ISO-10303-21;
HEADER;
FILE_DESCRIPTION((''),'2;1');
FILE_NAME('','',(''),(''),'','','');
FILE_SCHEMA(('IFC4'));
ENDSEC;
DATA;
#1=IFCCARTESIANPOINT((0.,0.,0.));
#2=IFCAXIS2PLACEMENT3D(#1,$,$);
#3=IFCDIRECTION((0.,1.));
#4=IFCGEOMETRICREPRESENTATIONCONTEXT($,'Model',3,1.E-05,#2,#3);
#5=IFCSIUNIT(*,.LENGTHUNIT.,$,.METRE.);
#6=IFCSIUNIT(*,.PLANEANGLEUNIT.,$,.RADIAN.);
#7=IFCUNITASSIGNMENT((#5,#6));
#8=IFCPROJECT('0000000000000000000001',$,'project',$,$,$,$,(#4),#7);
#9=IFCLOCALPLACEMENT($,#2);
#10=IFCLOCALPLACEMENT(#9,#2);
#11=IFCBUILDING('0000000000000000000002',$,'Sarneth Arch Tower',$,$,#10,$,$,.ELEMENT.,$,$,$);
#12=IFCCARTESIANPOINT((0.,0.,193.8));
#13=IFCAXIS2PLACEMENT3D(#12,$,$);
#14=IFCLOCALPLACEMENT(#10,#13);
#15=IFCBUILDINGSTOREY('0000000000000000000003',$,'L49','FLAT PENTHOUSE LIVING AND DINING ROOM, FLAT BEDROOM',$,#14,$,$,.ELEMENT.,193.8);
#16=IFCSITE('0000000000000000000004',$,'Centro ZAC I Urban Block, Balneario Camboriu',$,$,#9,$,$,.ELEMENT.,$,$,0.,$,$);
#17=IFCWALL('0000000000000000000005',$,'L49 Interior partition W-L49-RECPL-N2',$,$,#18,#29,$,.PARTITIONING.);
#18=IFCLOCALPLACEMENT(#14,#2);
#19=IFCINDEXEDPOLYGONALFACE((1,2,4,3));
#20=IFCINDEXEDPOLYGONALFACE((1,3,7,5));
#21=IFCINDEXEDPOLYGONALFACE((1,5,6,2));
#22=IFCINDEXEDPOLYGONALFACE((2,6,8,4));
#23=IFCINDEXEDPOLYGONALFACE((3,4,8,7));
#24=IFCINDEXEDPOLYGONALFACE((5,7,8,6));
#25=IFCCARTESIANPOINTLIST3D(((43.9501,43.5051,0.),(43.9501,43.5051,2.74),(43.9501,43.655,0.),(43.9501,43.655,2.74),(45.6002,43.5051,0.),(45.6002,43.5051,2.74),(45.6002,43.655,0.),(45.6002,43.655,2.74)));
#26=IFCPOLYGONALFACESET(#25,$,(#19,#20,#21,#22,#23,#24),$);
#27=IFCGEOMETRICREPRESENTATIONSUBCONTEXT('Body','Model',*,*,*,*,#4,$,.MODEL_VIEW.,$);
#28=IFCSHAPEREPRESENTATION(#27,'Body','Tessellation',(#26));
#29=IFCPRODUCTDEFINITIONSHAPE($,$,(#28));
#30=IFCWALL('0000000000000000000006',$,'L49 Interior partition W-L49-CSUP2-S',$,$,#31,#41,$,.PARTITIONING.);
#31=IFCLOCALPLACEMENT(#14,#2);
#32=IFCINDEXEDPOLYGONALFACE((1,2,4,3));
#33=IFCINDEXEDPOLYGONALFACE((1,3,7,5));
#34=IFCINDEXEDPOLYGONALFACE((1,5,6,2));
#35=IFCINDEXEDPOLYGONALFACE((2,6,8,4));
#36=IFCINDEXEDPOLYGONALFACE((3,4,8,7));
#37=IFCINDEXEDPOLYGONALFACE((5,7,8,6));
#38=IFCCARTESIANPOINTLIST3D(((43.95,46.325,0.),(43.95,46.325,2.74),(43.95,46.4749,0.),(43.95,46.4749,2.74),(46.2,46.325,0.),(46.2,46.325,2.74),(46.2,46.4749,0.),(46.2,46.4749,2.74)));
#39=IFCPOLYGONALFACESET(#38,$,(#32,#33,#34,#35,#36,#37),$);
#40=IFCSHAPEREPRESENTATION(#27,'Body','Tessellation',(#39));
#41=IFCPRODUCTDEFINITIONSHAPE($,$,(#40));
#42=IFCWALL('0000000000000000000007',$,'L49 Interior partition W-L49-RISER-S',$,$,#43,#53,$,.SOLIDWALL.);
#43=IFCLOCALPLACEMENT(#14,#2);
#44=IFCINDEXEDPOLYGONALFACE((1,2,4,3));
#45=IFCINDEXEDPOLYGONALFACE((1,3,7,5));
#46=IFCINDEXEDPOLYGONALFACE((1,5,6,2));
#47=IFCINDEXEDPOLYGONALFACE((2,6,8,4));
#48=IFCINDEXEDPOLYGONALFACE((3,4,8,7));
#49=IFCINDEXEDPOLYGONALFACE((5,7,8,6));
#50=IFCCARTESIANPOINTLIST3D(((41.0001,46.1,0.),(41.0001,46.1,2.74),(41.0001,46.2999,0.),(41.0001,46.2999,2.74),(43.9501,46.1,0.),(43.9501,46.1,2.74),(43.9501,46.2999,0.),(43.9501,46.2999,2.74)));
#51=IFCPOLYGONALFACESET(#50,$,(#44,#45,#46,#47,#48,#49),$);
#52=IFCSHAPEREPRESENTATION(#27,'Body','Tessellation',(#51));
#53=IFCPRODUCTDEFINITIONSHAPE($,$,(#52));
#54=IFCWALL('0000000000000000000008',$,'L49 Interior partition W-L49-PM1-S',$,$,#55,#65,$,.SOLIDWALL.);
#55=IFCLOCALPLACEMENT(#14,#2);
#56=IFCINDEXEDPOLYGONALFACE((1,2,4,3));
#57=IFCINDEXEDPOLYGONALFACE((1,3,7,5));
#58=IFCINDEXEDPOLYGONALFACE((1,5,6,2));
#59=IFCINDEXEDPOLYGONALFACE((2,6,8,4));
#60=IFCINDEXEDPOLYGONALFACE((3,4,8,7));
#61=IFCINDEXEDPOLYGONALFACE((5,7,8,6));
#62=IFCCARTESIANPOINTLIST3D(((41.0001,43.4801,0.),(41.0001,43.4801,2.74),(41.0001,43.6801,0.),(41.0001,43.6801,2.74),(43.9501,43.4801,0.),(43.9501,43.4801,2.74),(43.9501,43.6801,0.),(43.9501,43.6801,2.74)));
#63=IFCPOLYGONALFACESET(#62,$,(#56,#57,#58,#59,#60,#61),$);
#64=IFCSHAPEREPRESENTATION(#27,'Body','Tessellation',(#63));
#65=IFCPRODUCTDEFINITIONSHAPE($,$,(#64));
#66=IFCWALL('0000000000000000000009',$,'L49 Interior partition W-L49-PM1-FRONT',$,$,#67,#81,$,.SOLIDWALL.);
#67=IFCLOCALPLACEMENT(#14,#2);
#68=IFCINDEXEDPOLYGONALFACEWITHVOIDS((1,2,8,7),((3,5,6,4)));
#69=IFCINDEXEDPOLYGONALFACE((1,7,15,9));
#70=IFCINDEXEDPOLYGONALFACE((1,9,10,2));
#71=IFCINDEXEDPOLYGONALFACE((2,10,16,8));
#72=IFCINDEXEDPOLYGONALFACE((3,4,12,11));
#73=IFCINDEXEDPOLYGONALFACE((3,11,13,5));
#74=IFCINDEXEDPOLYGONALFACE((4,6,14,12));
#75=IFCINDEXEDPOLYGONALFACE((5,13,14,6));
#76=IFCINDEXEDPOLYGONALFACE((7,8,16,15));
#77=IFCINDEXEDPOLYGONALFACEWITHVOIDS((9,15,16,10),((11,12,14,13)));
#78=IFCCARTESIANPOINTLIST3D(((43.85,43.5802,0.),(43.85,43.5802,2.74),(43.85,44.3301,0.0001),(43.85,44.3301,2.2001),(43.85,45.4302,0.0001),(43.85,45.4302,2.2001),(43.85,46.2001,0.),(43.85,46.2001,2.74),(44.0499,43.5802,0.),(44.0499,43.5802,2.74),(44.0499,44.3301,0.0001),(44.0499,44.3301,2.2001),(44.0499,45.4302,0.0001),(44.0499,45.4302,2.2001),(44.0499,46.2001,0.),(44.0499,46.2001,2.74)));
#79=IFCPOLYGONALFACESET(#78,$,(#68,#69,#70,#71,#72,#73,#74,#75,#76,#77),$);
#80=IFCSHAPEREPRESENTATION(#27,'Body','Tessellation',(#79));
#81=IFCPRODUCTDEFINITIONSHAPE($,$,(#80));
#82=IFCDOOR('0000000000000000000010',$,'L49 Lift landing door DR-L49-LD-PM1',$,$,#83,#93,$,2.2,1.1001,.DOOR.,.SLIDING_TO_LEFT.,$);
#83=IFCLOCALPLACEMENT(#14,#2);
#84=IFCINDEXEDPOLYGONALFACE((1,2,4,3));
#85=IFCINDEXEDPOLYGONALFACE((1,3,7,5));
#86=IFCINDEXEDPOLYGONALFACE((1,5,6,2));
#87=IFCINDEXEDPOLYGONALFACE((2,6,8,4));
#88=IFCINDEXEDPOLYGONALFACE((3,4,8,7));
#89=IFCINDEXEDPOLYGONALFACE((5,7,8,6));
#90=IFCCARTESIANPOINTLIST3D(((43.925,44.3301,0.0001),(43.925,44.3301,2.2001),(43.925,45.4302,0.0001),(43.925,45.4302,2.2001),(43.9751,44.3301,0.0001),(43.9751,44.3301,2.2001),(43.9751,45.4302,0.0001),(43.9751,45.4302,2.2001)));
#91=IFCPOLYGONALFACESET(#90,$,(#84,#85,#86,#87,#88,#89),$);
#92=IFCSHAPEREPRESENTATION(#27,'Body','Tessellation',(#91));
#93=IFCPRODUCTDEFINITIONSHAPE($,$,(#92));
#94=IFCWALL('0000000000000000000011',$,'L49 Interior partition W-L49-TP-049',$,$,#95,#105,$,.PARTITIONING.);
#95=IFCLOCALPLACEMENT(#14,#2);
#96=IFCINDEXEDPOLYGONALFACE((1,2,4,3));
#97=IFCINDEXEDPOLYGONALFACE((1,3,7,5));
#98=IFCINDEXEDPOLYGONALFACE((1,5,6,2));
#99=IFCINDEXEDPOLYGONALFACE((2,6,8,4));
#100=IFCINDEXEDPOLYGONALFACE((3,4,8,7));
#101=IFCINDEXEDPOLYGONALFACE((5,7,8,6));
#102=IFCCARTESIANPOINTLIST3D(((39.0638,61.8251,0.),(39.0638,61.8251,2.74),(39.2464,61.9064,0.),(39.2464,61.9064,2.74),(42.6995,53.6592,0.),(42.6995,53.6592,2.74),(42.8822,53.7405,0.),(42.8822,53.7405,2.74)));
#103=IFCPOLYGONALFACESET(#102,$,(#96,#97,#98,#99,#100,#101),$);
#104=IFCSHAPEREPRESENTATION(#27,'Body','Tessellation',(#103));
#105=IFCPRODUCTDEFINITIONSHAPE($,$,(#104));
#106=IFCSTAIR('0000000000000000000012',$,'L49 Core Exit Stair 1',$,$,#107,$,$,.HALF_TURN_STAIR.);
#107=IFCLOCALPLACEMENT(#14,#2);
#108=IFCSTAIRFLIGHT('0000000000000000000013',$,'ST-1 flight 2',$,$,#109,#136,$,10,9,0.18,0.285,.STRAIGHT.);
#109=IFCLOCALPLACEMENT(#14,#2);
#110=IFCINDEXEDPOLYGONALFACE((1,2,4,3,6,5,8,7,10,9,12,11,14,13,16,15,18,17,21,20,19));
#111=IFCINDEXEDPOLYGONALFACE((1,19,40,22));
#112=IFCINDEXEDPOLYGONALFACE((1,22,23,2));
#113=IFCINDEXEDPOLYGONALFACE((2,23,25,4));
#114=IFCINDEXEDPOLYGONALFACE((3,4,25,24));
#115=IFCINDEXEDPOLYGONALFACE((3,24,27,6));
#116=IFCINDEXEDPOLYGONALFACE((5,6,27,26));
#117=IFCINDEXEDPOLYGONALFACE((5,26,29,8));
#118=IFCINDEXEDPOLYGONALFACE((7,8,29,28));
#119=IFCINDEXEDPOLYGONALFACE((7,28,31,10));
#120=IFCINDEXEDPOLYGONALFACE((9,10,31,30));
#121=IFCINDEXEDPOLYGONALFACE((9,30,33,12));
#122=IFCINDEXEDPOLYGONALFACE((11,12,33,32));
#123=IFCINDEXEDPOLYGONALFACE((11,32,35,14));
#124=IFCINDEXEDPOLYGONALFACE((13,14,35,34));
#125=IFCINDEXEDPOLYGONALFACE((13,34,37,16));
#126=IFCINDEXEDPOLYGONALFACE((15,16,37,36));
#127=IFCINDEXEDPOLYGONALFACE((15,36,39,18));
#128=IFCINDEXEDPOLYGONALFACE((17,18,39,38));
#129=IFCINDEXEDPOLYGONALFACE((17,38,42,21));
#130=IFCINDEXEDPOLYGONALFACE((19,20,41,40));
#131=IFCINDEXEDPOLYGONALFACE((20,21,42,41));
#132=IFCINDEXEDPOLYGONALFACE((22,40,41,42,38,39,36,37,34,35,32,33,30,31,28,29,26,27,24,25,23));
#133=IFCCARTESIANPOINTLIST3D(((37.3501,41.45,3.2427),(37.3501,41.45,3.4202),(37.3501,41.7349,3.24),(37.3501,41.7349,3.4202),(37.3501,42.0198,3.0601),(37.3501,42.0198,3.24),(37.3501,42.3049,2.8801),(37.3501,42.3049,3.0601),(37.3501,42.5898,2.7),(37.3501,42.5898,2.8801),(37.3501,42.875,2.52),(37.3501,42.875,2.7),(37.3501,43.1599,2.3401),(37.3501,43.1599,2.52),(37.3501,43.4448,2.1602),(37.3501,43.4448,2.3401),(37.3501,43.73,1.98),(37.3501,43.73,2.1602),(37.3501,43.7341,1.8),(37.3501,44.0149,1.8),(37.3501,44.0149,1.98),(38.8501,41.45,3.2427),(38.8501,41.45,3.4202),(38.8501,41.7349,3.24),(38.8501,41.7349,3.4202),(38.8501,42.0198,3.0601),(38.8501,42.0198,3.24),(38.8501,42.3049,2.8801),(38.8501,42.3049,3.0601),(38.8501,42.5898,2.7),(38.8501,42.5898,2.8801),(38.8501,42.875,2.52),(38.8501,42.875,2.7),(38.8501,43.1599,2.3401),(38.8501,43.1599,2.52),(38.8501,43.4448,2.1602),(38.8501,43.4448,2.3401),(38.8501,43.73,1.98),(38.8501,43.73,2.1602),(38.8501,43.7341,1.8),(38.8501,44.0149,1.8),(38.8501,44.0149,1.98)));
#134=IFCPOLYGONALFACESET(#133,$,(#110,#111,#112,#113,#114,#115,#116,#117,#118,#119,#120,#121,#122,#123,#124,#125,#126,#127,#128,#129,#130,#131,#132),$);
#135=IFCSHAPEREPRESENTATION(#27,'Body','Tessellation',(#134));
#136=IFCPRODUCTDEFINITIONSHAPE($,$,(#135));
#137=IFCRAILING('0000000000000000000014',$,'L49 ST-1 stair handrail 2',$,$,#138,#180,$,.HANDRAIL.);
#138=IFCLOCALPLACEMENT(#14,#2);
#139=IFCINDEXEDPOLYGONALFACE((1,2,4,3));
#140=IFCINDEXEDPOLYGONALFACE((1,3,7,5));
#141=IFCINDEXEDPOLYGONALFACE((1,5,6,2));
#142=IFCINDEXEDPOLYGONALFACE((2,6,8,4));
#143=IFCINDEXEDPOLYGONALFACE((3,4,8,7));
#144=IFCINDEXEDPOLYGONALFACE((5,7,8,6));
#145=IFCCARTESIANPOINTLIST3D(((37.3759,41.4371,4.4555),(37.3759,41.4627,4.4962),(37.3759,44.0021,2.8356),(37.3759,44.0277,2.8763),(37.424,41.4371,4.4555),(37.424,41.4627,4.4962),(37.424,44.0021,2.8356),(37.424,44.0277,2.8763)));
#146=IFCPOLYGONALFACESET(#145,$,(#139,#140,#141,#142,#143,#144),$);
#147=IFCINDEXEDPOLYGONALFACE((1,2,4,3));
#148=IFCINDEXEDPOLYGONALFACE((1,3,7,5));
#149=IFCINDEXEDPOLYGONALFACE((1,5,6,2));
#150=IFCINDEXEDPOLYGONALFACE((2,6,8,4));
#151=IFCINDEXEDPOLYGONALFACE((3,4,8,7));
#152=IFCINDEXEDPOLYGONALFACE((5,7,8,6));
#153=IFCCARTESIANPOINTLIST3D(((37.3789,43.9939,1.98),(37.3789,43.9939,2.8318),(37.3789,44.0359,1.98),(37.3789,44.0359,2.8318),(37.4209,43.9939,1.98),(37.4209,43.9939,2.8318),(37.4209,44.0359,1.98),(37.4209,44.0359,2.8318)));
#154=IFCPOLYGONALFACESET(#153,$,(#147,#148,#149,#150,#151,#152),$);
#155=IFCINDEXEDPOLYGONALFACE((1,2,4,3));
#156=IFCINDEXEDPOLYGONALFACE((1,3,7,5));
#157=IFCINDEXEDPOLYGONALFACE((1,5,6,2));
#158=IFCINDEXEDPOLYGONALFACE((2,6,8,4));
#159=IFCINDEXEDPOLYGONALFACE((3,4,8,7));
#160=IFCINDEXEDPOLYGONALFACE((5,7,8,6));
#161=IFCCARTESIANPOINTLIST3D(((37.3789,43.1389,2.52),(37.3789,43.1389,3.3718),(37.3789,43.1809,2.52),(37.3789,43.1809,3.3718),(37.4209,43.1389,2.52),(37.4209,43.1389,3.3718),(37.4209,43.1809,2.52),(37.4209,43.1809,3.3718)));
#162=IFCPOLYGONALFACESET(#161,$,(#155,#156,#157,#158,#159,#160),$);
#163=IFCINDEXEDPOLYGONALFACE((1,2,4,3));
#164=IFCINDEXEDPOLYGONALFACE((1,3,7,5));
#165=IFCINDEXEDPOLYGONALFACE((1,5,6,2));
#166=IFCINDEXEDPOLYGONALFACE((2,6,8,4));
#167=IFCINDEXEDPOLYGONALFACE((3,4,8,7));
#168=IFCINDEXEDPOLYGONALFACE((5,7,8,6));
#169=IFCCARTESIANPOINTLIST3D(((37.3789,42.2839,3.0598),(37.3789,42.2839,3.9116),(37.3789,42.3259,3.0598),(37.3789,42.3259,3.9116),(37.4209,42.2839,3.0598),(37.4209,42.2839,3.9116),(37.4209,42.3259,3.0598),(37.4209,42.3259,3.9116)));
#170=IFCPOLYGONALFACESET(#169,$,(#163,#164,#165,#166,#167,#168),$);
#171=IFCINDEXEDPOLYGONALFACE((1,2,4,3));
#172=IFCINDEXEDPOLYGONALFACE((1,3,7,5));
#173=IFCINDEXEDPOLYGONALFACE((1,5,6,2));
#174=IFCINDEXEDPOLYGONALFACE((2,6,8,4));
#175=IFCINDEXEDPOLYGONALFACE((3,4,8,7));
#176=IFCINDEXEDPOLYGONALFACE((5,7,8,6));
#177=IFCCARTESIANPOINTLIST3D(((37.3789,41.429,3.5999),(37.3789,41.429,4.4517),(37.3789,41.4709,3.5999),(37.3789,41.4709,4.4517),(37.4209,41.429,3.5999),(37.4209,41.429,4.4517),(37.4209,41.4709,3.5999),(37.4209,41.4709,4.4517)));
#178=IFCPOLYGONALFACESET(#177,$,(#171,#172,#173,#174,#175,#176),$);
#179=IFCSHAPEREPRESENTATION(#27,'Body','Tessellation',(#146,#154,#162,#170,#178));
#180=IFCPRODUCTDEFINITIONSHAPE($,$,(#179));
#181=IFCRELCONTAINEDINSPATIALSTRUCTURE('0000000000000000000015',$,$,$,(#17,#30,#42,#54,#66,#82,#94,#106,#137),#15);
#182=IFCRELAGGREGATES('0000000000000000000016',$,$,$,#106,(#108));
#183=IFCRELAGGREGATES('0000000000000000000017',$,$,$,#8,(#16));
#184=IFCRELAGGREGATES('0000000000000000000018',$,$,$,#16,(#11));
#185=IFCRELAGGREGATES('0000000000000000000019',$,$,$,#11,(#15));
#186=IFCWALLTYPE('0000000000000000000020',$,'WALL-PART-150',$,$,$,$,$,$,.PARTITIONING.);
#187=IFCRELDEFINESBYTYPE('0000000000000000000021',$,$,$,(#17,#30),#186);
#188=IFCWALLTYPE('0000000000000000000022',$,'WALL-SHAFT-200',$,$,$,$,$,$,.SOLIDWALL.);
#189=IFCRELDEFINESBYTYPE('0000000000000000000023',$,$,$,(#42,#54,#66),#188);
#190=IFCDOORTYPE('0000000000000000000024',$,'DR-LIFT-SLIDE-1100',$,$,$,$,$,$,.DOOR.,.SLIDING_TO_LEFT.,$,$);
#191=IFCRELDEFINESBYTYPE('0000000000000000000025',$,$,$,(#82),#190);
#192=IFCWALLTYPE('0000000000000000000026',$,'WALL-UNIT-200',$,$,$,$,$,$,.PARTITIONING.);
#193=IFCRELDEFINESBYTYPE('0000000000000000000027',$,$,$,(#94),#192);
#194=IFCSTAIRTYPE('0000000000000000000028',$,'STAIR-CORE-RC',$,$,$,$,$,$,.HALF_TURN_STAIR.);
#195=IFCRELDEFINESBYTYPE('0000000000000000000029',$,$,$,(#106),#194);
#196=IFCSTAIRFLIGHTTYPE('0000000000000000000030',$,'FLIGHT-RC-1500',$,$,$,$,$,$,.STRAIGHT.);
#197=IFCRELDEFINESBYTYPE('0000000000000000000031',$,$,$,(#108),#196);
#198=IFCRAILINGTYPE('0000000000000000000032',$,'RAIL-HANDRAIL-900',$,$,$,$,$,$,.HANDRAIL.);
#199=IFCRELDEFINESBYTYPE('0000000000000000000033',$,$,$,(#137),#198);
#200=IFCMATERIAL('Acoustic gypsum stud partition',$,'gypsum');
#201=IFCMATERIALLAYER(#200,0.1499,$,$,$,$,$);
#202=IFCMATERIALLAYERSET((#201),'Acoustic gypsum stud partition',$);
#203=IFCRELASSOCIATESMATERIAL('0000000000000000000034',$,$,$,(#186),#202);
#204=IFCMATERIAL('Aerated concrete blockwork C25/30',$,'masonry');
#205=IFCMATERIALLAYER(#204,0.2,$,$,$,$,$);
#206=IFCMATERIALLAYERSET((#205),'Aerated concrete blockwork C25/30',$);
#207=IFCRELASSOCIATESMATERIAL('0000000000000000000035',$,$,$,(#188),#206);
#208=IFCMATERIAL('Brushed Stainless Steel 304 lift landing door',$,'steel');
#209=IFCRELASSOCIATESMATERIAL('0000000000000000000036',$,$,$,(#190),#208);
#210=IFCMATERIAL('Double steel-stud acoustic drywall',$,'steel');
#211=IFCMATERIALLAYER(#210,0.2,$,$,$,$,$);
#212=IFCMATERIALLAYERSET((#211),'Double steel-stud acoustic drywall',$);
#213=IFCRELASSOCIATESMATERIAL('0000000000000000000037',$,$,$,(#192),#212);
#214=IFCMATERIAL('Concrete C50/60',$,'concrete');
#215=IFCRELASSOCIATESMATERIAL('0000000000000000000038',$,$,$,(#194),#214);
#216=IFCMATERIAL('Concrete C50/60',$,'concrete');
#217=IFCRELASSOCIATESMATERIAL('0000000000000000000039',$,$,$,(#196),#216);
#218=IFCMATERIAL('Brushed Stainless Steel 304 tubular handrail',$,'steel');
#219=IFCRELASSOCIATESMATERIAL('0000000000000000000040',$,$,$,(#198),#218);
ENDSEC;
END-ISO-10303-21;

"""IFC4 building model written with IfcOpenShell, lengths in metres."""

from ifc_helpers import new_model, si_unit, direction, frame, frame_2d, origin, origin_2d, place, context, subcontext, project, spatial, polyline, rectangle, outline, extrude, material, layer, layer_set, type_object, element, fill, aggregate, save


model = new_model("IFC4")

# Units and contexts
model_context = context("Model", 3, precision=1e-05, world=origin(), true_north=direction((0.0, 1.0)))
body_context = subcontext(model_context, "Body", "Model", "MODEL_VIEW")
ifc_project = project(units=[si_unit("LENGTHUNIT", "METRE"), si_unit("PLANEANGLEUNIT", "RADIAN")], contexts=[model_context])

# Site, building, storey
site_placement = place(None, origin())
site = spatial("IfcSite", under=ifc_project, at=site_placement, Name="Centro ZAC I Urban Block, Balneario Camboriu", CompositionType="ELEMENT", RefElevation=0.0)
building_placement = place(site_placement, origin())
building = spatial("IfcBuilding", under=site, at=building_placement, Name="Sarneth Arch Tower", CompositionType="ELEMENT")
storey_placement = place(building_placement, frame((0.0, 0.0, 193.8)))
storey = spatial("IfcBuildingStorey", under=building, at=storey_placement, Name="L49", Description="FLAT PENTHOUSE LIVING AND DINING ROOM, FLAT BEDROOM", CompositionType="ELEMENT", Elevation=193.8)

# Walls
ifc_material_1 = material(Name="Acoustic gypsum stud partition", Category="gypsum")
ifc_layer_1 = layer(ifc_material_1, 0.1499)
ifc_layer_set_1 = layer_set([ifc_layer_1], Name="Acoustic gypsum stud partition")
wall_type_1 = type_object("IfcWallType", Name="WALL-PART-150", PredefinedType="PARTITIONING", material=ifc_layer_set_1)
wall_1_placement = place(storey_placement, frame((43.95, 43.5801, 0.0), z_axis=(0.0, 0.0, 1.0), x_axis=(1.0, 0.0, 0.0)))
element("IfcWall", 1, at=wall_1_placement, inside=storey, type_object=wall_type_1, Name="L49 Interior partition W-L49-RECPL-N2", PredefinedType="PARTITIONING", context=body_context, shape_type="SweptSolid", body=[
    extrude(rectangle(XDim=1.6501, YDim=0.1499, at=frame_2d((0.8252, 0.0))), origin(), (0.0, 0.0, 1.0), 2.74),
])
wall_2_placement = place(storey_placement, frame((43.95, 46.3999, 0.0), z_axis=(0.0, 0.0, 1.0), x_axis=(1.0, 0.0, 0.0)))
element("IfcWall", 2, at=wall_2_placement, inside=storey, type_object=wall_type_1, Name="L49 Interior partition W-L49-CSUP2-S", PredefinedType="PARTITIONING", context=body_context, shape_type="SweptSolid", body=[
    extrude(rectangle(XDim=2.25, YDim=0.1499, at=frame_2d((1.125, 0.0))), origin(), (0.0, 0.0, 1.0), 2.74),
])

# Wall
ifc_material_2 = material(Name="Aerated concrete blockwork C25/30", Category="masonry")
ifc_layer_2 = layer(ifc_material_2, 0.2)
ifc_layer_set_2 = layer_set([ifc_layer_2], Name="Aerated concrete blockwork C25/30")
wall_type_2 = type_object("IfcWallType", Name="WALL-SHAFT-200", PredefinedType="SOLIDWALL", material=ifc_layer_set_2)
wall_3_placement = place(storey_placement, frame((41.0, 46.2, 0.0), z_axis=(0.0, 0.0, 1.0), x_axis=(1.0, 0.0, 0.0)))
element("IfcWall", 3, at=wall_3_placement, inside=storey, type_object=wall_type_2, Name="L49 Interior partition W-L49-RISER-S", PredefinedType="SOLIDWALL", context=body_context, shape_type="SweptSolid", body=[
    extrude(rectangle(XDim=2.95, YDim=0.2, at=frame_2d((1.4751, 0.0))), origin(), (0.0, 0.0, 1.0), 2.74),
])

# Wall
wall_4_placement = place(storey_placement, frame((41.0, 43.5801, 0.0), z_axis=(0.0, 0.0, 1.0), x_axis=(1.0, 0.0, 0.0)))
element("IfcWall", 4, at=wall_4_placement, inside=storey, type_object=wall_type_2, Name="L49 Interior partition W-L49-PM1-S", PredefinedType="SOLIDWALL", context=body_context, shape_type="SweptSolid", body=[
    extrude(rectangle(XDim=2.95, YDim=0.2, at=frame_2d((1.4751, 0.0))), origin(), (0.0, 0.0, 1.0), 2.74),
])

# Wall, opening, door
wall_5_placement = place(storey_placement, frame((43.95, 43.5801, 0.0), z_axis=(0.0, 0.0, 1.0), x_axis=(0.0, 1.0, 0.0)))
wall_5 = element("IfcWall", 5, at=wall_5_placement, inside=storey, type_object=wall_type_2, Name="L49 Interior partition W-L49-PM1-FRONT", PredefinedType="SOLIDWALL", context=body_context, shape_type="SweptSolid", body=[
    extrude(rectangle(XDim=2.6199, YDim=0.2, at=frame_2d((1.3101, 0.0))), origin(), (0.0, 0.0, 1.0), 2.74),
])
opening_1_placement = place(wall_5_placement, frame((0.75, 0.0, 0.0)))
opening_1 = element("IfcOpeningElement", 6, at=opening_1_placement, cuts=wall_5, PredefinedType="OPENING", context=body_context, shape_type="SweptSolid", body=[
    extrude(rectangle(XDim=1.1001, YDim=2.2, at=frame_2d((0.55, 1.1001))), frame((0.0, 0.1099, 0.0), z_axis=(0.0, -1.0, 0.0), x_axis=(1.0, 0.0, 0.0)), (0.0, 0.0, 1.0), 0.22),
])
ifc_material_3 = material(Name="Brushed Stainless Steel 304 lift landing door", Category="steel")
door_type_1 = type_object("IfcDoorType", Name="DR-LIFT-SLIDE-1100", OperationType="SLIDING_TO_LEFT", PredefinedType="DOOR", material=ifc_material_3)
door_1_placement = place(opening_1_placement, origin())
door_1 = element("IfcDoor", 7, at=door_1_placement, inside=storey, type_object=door_type_1, Name="L49 Lift landing door DR-L49-LD-PM1", OperationType="SLIDING_TO_LEFT", OverallHeight=2.2, OverallWidth=1.1001, PredefinedType="DOOR", context=body_context, shape_type="SweptSolid", body=[
    extrude(rectangle(XDim=1.1001, YDim=2.2, at=frame_2d((0.55, 1.1001))), frame((0.0, 0.0249, 0.0), z_axis=(0.0, -1.0, 0.0), x_axis=(1.0, 0.0, 0.0)), (0.0, 0.0, 1.0), 0.05),
])
fill(opening_1, door_1)

# Wall
ifc_material_4 = material(Name="Double steel-stud acoustic drywall", Category="steel")
ifc_layer_3 = layer(ifc_material_4, 0.2)
ifc_layer_set_3 = layer_set([ifc_layer_3], Name="Double steel-stud acoustic drywall")
wall_type_3 = type_object("IfcWallType", Name="WALL-UNIT-200", PredefinedType="PARTITIONING", material=ifc_layer_set_3)
wall_6_placement = place(storey_placement, frame((42.7908, 53.7, 0.0), z_axis=(0.0, 0.0, 1.0), x_axis=(-0.406736, 0.913546, 0.0)))
element("IfcWall", 8, at=wall_6_placement, inside=storey, type_object=wall_type_3, Name="L49 Interior partition W-L49-TP-049", PredefinedType="PARTITIONING", context=body_context, shape_type="SweptSolid", body=[
    extrude(rectangle(XDim=8.9387, YDim=0.2, at=frame_2d((4.4692, 0.0))), origin(), (0.0, 0.0, 1.0), 2.74),
])

# Stair, stair flight
ifc_material_5 = material(Name="Concrete C50/60", Category="concrete")
stair_type = type_object("IfcStairType", Name="STAIR-CORE-RC", PredefinedType="HALF_TURN_STAIR", material=ifc_material_5)
stair_placement = place(storey_placement, origin())
stair = element("IfcStair", 9, at=stair_placement, inside=storey, type_object=stair_type, Name="L49 Core Exit Stair 1", PredefinedType="HALF_TURN_STAIR")
ifc_material_6 = material(Name="Concrete C50/60", Category="concrete")
stair_flight_type = type_object("IfcStairFlightType", Name="FLIGHT-RC-1500", PredefinedType="STRAIGHT", material=ifc_material_6)
stair_flight_placement = place(storey_placement, frame((38.1001, 44.0149, 1.8), z_axis=(0.0, 0.0, 1.0), x_axis=(0.0, -1.0, 0.0)))
stair_flight = element("IfcStairFlight", 10, at=stair_flight_placement, type_object=stair_flight_type, Name="ST-1 flight 2", NumberOfRisers=10, NumberOfTreads=9, PredefinedType="STRAIGHT", RiserHeight=0.18, TreadLength=0.285, context=body_context, shape_type="SweptSolid", body=[
    extrude(outline(polyline([(0.0, 0.0), (0.0, 0.1799), (0.2849, 0.1799), (0.2849, 0.3601), (0.5701, 0.3601), (0.5701, 0.54), (0.855, 0.54), (0.855, 0.72), (1.1399, 0.72), (1.1399, 0.8999), (1.425, 0.8999), (1.425, 1.0801), (1.71, 1.0801), (1.71, 1.26), (1.9951, 1.26), (1.9951, 1.4399), (2.28, 1.4399), (2.28, 1.6201), (2.5649, 1.6201), (2.5649, 1.8), (2.5649, 1.4426), (0.2808, 0.0), (0.0, 0.0)])), frame((0.0, 0.75, 0.0), z_axis=(0.0, -1.0, 0.0), x_axis=(1.0, 0.0, 0.0)), (0.0, 0.0, 1.0), 1.5),
])
aggregate(stair, [stair_flight])

# Railing
ifc_material_7 = material(Name="Brushed Stainless Steel 304 tubular handrail", Category="steel")
railing_type_1 = type_object("IfcRailingType", Name="RAIL-HANDRAIL-900", PredefinedType="HANDRAIL", material=ifc_material_7)
railing_1_placement = place(storey_placement, frame((37.3999, 44.0149, 1.98)))
element("IfcRailing", 11, at=railing_1_placement, inside=storey, type_object=railing_type_1, Name="L49 ST-1 stair handrail 2", PredefinedType="HANDRAIL", context=body_context, shape_type="SweptSolid", body=[
    extrude(rectangle(XDim=0.0481, YDim=0.0481, at=origin_2d()), frame((0.0, 0.0, 0.876), z_axis=(0.0, -0.845502, 0.533972), x_axis=(1.0, 0.0, 0.0)), (0.0, 0.0, 1.0), 3.0337),
    extrude(rectangle(XDim=0.042, YDim=0.042, at=origin_2d()), origin(), (0.0, 0.0, 1.0), 0.8518),
    extrude(rectangle(XDim=0.042, YDim=0.042, at=origin_2d()), frame((0.0, -0.855, 0.54)), (0.0, 0.0, 1.0), 0.8518),
    extrude(rectangle(XDim=0.042, YDim=0.042, at=origin_2d()), frame((0.0, -1.71, 1.0798)), (0.0, 0.0, 1.0), 0.8518),
    extrude(rectangle(XDim=0.042, YDim=0.042, at=origin_2d()), frame((0.0, -2.5649, 1.6199)), (0.0, 0.0, 1.0), 0.8518),
])

save(model, "model.ifc")
